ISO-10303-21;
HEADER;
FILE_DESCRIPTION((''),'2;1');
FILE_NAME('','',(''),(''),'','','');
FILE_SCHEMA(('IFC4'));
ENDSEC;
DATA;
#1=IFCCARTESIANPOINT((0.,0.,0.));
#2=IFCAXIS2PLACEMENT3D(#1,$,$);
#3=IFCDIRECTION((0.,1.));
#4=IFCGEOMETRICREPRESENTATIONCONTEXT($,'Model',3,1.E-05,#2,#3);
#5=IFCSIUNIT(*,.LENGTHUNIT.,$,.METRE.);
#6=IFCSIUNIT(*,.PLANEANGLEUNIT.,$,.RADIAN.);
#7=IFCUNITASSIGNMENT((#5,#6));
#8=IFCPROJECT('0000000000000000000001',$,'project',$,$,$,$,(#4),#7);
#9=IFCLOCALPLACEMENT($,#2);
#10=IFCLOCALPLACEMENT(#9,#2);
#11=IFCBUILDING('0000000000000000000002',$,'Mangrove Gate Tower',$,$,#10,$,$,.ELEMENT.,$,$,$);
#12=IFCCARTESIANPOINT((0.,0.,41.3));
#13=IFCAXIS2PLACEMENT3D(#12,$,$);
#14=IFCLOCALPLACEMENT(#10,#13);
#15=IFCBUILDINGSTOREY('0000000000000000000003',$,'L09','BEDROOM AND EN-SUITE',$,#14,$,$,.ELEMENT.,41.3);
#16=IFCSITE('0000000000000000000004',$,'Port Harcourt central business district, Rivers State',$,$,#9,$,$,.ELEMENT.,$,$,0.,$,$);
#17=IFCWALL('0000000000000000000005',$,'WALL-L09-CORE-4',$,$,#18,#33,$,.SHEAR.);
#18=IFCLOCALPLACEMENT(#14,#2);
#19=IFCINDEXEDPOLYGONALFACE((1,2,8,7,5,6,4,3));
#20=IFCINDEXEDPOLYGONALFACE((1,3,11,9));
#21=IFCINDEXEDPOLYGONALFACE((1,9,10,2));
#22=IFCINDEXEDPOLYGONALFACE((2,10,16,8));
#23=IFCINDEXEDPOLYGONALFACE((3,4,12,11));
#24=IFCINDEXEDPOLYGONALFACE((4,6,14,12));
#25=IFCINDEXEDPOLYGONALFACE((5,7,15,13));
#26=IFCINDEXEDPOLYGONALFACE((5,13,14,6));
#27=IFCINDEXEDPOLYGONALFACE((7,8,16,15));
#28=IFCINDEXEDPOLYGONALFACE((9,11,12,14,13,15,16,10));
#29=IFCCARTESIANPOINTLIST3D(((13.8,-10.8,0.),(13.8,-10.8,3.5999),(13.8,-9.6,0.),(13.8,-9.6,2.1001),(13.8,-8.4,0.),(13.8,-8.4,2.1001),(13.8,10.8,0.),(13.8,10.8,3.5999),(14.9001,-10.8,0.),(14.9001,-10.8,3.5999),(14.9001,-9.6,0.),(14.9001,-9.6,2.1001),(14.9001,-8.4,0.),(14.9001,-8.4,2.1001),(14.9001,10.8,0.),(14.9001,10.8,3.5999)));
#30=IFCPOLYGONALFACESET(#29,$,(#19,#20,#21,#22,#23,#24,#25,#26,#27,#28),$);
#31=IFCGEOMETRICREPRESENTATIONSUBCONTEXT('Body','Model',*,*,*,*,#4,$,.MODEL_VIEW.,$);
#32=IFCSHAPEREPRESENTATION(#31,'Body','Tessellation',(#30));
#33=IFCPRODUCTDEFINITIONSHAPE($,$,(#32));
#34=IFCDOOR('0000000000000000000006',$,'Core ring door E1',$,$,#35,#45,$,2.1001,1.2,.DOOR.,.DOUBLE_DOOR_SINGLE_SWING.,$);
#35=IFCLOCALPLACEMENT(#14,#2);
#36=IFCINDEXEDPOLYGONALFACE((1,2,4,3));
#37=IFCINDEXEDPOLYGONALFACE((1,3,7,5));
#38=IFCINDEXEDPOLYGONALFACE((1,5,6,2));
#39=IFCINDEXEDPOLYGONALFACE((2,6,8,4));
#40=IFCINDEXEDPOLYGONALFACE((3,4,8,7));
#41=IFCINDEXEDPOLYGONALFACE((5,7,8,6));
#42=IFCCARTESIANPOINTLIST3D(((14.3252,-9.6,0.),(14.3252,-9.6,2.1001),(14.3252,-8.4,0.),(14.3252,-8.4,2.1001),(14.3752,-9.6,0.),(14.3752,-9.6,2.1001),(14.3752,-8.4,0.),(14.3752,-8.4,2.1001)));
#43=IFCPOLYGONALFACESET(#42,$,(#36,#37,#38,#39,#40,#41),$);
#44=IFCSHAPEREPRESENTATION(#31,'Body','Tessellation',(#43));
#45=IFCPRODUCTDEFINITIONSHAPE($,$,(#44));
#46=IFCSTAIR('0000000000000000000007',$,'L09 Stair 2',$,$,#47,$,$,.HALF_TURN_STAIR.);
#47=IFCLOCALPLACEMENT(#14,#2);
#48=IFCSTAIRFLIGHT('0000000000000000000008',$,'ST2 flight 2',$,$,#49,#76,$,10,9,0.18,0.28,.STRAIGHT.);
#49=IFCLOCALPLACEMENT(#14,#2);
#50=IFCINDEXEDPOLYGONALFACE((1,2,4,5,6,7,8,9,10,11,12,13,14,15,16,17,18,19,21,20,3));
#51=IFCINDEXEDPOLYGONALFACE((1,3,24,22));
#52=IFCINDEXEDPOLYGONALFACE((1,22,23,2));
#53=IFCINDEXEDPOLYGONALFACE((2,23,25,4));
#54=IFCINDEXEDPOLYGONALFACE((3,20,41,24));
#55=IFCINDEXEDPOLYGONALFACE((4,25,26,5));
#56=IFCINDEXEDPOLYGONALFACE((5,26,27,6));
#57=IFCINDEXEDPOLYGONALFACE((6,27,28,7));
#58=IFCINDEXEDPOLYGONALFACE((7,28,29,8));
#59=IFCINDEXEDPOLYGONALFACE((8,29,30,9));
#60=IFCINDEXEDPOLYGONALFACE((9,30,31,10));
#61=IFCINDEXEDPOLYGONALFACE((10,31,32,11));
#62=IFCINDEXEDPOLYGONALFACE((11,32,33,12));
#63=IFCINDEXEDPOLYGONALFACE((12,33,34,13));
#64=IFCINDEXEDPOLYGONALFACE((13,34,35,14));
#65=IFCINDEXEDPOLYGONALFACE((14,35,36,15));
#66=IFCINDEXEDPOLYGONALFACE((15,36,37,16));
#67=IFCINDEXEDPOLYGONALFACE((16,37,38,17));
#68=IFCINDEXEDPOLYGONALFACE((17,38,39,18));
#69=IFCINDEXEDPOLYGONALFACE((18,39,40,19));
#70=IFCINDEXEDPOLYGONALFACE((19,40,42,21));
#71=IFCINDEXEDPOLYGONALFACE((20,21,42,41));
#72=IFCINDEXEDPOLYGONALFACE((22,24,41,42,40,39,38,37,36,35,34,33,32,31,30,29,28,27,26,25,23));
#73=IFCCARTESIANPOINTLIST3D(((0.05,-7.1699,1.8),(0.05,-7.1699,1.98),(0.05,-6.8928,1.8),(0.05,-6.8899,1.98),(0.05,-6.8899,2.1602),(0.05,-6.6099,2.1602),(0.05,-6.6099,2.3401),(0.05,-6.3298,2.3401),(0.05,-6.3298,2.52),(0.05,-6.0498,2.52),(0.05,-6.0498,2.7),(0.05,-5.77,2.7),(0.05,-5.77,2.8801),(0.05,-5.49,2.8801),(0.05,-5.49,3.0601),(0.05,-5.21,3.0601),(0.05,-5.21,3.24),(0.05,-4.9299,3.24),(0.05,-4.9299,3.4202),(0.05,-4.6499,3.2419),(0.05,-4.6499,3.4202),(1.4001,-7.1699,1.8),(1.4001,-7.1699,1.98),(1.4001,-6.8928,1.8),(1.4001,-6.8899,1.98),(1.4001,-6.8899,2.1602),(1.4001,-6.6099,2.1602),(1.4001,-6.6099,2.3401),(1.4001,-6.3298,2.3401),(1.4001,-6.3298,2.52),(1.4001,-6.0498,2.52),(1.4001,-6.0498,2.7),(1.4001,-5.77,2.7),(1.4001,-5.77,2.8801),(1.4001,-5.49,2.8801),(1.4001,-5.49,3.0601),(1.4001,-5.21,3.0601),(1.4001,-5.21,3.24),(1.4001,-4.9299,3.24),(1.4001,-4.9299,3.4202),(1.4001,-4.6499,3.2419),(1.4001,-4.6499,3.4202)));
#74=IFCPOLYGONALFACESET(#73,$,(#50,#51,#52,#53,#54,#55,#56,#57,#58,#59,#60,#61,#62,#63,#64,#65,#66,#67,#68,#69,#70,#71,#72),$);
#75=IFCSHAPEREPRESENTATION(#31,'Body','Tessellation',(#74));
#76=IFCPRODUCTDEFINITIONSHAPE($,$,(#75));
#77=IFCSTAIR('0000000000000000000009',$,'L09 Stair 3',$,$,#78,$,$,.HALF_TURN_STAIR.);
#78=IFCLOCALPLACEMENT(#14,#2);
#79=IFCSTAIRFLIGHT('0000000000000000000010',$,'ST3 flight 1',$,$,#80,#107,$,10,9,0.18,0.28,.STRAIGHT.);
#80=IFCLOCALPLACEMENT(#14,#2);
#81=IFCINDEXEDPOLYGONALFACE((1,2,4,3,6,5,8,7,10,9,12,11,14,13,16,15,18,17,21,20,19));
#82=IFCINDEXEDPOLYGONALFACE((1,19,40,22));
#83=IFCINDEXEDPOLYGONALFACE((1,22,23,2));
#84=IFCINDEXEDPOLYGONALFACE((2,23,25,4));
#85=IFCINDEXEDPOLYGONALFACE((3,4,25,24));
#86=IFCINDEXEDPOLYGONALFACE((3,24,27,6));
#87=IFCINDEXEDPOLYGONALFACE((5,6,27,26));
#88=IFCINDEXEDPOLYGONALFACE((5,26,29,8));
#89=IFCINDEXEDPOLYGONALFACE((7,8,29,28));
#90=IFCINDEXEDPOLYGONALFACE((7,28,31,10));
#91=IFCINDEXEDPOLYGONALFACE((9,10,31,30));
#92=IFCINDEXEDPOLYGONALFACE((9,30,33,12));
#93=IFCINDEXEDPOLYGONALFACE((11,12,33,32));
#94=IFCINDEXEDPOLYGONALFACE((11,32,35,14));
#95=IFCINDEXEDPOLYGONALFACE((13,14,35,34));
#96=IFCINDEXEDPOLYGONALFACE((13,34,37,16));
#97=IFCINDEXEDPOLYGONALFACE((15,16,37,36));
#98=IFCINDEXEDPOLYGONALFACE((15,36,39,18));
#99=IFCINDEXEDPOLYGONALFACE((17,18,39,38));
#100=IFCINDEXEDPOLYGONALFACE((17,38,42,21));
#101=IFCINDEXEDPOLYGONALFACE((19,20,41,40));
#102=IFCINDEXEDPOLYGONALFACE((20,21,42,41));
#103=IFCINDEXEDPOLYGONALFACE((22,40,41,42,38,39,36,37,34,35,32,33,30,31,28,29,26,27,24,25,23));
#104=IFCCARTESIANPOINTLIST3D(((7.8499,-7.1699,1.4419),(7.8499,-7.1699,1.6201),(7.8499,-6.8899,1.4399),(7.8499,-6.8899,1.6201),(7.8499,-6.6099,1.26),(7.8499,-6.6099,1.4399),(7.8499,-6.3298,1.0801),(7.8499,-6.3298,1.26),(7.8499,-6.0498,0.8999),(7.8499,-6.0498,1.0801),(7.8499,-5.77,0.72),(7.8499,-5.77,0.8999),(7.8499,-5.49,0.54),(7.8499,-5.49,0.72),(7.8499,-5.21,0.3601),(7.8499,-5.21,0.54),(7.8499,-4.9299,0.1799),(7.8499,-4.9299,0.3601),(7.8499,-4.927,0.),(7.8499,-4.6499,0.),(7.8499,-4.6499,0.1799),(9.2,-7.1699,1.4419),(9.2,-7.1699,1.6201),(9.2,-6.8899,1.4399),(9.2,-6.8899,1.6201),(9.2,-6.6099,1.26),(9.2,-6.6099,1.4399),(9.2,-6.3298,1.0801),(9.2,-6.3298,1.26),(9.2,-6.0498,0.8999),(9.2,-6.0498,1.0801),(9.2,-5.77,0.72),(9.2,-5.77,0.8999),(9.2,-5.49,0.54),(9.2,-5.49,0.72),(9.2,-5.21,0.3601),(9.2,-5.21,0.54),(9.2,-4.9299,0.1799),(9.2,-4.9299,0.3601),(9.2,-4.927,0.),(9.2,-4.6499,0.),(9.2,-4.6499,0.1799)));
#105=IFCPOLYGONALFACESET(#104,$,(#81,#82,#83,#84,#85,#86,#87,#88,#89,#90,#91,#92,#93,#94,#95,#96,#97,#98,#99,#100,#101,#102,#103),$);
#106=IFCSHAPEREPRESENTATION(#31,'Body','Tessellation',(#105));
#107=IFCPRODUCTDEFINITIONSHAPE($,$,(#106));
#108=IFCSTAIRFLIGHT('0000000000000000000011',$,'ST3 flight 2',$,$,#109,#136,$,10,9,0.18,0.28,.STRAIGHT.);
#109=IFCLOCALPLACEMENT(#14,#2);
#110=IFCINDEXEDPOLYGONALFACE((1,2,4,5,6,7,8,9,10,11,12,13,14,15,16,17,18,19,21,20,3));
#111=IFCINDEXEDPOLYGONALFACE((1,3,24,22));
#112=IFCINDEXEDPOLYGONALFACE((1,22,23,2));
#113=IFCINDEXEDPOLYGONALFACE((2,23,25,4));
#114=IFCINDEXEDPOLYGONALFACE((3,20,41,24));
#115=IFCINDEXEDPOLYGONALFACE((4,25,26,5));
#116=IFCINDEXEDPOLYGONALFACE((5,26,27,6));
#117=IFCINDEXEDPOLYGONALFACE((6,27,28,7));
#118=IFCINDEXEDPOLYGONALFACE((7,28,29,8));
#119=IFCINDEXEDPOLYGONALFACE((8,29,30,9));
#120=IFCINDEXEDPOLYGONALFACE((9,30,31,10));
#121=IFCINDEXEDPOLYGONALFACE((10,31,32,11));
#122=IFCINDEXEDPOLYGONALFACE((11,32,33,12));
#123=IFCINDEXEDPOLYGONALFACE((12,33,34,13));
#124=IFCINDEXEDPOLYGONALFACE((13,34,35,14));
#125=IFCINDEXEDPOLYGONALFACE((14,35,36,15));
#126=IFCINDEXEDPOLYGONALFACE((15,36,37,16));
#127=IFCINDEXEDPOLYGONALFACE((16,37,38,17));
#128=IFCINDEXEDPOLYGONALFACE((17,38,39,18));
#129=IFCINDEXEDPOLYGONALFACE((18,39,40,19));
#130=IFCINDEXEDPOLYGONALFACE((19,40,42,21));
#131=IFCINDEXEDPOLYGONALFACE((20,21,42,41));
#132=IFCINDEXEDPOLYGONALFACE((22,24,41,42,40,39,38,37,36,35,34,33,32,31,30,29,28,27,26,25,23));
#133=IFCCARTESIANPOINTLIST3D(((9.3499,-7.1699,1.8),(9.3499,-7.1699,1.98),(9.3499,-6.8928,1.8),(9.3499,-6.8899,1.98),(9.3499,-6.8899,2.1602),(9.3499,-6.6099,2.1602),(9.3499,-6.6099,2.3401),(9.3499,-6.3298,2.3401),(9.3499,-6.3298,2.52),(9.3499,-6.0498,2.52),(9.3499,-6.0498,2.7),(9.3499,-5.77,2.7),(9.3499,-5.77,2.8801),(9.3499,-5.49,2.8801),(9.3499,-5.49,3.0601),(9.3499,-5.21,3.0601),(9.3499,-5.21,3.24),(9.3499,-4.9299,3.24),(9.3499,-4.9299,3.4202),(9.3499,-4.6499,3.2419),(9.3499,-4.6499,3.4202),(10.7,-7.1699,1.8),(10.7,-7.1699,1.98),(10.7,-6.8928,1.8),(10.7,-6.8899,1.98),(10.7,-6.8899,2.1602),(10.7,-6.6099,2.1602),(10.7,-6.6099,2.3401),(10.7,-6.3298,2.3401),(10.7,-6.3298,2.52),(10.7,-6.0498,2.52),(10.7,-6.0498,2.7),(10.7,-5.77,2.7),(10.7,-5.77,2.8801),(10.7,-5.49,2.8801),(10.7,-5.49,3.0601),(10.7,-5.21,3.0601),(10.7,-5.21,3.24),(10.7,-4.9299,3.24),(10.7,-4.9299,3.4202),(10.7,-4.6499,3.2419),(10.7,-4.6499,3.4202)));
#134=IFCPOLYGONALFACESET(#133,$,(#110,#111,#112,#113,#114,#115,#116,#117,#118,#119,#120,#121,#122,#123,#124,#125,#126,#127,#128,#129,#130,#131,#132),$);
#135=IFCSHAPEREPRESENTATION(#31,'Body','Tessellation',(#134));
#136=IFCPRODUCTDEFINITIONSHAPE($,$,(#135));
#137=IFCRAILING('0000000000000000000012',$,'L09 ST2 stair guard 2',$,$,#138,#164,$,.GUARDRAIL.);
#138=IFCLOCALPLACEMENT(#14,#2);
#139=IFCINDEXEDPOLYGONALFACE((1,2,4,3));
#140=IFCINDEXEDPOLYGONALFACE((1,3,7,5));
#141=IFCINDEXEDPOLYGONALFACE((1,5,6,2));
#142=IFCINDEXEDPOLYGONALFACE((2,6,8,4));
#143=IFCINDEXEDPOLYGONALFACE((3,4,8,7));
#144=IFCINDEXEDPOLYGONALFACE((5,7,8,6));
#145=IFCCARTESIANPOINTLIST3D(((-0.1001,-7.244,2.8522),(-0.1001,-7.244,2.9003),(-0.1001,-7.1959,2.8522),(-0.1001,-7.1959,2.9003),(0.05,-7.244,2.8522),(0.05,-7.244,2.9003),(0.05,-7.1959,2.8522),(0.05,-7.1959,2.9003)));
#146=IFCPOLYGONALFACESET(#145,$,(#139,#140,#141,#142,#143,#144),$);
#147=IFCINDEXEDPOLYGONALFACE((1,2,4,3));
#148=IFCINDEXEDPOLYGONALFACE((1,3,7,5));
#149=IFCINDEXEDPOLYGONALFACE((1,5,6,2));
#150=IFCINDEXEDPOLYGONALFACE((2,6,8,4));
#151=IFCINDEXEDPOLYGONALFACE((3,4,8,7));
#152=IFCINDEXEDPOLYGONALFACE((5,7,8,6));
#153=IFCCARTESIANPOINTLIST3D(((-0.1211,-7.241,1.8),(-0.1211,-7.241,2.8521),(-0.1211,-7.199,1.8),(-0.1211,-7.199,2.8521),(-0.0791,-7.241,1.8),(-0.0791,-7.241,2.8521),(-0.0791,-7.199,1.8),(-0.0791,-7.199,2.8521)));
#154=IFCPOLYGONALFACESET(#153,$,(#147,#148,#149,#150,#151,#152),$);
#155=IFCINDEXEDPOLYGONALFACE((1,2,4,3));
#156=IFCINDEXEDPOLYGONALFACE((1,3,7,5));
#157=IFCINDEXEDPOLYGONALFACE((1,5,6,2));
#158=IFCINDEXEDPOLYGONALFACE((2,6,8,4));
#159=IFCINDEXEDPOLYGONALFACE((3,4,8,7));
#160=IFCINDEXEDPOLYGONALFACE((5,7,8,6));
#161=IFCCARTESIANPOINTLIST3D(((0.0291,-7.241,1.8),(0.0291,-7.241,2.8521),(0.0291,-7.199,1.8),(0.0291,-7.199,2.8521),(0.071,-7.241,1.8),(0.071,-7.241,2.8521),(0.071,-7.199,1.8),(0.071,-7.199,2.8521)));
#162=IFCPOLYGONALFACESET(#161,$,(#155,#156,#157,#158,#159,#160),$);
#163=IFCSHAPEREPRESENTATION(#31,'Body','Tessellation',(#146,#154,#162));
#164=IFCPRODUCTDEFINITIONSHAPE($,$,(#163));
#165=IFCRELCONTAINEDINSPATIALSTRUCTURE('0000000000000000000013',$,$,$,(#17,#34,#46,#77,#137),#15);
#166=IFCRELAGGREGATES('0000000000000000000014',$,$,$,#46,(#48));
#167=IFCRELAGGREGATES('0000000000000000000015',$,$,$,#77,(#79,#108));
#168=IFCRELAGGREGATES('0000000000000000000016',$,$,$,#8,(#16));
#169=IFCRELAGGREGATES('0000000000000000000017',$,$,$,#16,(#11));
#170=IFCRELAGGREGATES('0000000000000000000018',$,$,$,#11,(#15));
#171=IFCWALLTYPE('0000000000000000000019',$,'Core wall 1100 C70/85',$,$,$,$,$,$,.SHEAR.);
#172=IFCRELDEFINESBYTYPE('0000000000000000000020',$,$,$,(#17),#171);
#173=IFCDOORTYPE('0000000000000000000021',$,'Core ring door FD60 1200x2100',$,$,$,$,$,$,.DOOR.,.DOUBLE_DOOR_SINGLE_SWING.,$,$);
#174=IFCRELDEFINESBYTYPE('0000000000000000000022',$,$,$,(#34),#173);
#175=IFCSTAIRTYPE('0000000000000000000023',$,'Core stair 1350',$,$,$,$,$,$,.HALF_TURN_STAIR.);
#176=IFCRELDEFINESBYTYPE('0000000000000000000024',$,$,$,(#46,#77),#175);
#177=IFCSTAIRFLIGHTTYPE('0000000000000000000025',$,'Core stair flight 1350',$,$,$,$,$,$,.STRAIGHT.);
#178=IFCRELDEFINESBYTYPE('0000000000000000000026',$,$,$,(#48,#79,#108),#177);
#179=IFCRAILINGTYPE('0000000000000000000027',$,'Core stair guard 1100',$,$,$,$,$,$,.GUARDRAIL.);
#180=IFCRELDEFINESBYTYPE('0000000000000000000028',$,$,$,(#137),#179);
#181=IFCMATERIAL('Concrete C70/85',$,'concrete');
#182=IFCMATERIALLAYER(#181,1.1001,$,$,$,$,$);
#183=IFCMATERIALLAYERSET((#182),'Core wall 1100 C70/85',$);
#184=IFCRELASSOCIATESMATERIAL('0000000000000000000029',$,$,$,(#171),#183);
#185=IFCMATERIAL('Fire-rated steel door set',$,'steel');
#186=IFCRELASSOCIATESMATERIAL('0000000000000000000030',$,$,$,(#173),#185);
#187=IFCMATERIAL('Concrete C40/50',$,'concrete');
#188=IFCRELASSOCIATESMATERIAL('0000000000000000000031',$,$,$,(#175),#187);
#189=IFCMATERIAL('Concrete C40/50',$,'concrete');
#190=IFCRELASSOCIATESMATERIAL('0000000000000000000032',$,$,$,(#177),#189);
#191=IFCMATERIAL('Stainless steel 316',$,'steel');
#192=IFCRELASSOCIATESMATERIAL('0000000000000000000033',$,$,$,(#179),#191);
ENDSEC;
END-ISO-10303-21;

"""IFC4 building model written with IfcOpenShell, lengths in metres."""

from ifc_helpers import new_model, si_unit, direction, frame, frame_2d, origin, origin_2d, place, context, subcontext, project, spatial, polyline, rectangle, outline, extrude, material, layer, layer_set, type_object, element, fill, aggregate, save


model = new_model("IFC4")

# Units and contexts
model_context = context("Model", 3, precision=1e-05, world=origin(), true_north=direction((0.0, 1.0)))
body_context = subcontext(model_context, "Body", "Model", "MODEL_VIEW")
ifc_project = project(units=[si_unit("LENGTHUNIT", "METRE"), si_unit("PLANEANGLEUNIT", "RADIAN")], contexts=[model_context])

# Site, building, storey
site_placement = place(None, origin())
site = spatial("IfcSite", under=ifc_project, at=site_placement, Name="Port Harcourt central business district, Rivers State", CompositionType="ELEMENT", RefElevation=0.0)
building_placement = place(site_placement, origin())
building = spatial("IfcBuilding", under=site, at=building_placement, Name="Mangrove Gate Tower", CompositionType="ELEMENT")
storey_placement = place(building_placement, frame((0.0, 0.0, 41.3)))
storey = spatial("IfcBuildingStorey", under=building, at=storey_placement, Name="L09", Description="BEDROOM AND EN-SUITE", CompositionType="ELEMENT", Elevation=41.3)

# Wall, opening, door
ifc_material_1 = material(Name="Concrete C70/85", Category="concrete")
ifc_layer_1 = layer(ifc_material_1, 1.1001)
ifc_layer_set_1 = layer_set([ifc_layer_1], Name="Core wall 1100 C70/85")
wall_type_1 = type_object("IfcWallType", Name="Core wall 1100 C70/85", PredefinedType="SHEAR", material=ifc_layer_set_1)
wall_1_placement = place(storey_placement, frame((14.3501, -10.8, 0.0), z_axis=(0.0, 0.0, 1.0), x_axis=(0.0, 1.0, 0.0)))
wall_1 = element("IfcWall", 1, at=wall_1_placement, inside=storey, type_object=wall_type_1, Name="WALL-L09-CORE-4", PredefinedType="SHEAR", context=body_context, shape_type="SweptSolid", body=[
    extrude(rectangle(XDim=21.6001, YDim=1.1001, at=frame_2d((10.8, 0.0))), origin(), (0.0, 0.0, 1.0), 3.5999),
])
opening_1_placement = place(wall_1_placement, frame((1.2, 0.0, 0.0)))
opening_1 = element("IfcOpeningElement", 2, at=opening_1_placement, cuts=wall_1, PredefinedType="OPENING", context=body_context, shape_type="SweptSolid", body=[
    extrude(rectangle(XDim=1.2, YDim=2.1001, at=frame_2d((0.6001, 1.05))), frame((0.0, 0.5601, 0.0), z_axis=(0.0, -1.0, 0.0), x_axis=(1.0, 0.0, 0.0)), (0.0, 0.0, 1.0), 1.1201),
])
ifc_material_2 = material(Name="Fire-rated steel door set", Category="steel")
door_type_1 = type_object("IfcDoorType", Name="Core ring door FD60 1200x2100", OperationType="DOUBLE_DOOR_SINGLE_SWING", PredefinedType="DOOR", material=ifc_material_2)
door_1_placement = place(opening_1_placement, origin())
door_1 = element("IfcDoor", 3, at=door_1_placement, inside=storey, type_object=door_type_1, Name="Core ring door E1", OperationType="DOUBLE_DOOR_SINGLE_SWING", OverallHeight=2.1001, OverallWidth=1.2, PredefinedType="DOOR", context=body_context, shape_type="SweptSolid", body=[
    extrude(rectangle(XDim=1.2, YDim=2.1001, at=frame_2d((0.6001, 1.05))), frame((0.0, 0.0249, 0.0), z_axis=(0.0, -1.0, 0.0), x_axis=(1.0, 0.0, 0.0)), (0.0, 0.0, 1.0), 0.05),
])
fill(opening_1, door_1)

# Stair, stair flight
ifc_material_3 = material(Name="Concrete C40/50", Category="concrete")
stair_type = type_object("IfcStairType", Name="Core stair 1350", PredefinedType="HALF_TURN_STAIR", material=ifc_material_3)
stair_1_placement = place(storey_placement, origin())
stair_1 = element("IfcStair", 4, at=stair_1_placement, inside=storey, type_object=stair_type, Name="L09 Stair 2", PredefinedType="HALF_TURN_STAIR")
ifc_material_4 = material(Name="Concrete C40/50", Category="concrete")
stair_flight_type = type_object("IfcStairFlightType", Name="Core stair flight 1350", PredefinedType="STRAIGHT", material=ifc_material_4)
stair_flight_1_placement = place(storey_placement, frame((0.7251, -7.1699, 1.8), z_axis=(0.0, 0.0, 1.0), x_axis=(0.0, 1.0, 0.0)))
stair_flight_1 = element("IfcStairFlight", 5, at=stair_flight_1_placement, type_object=stair_flight_type, Name="ST2 flight 2", NumberOfRisers=10, NumberOfTreads=9, PredefinedType="STRAIGHT", RiserHeight=0.18, TreadLength=0.28, context=body_context, shape_type="SweptSolid", body=[
    extrude(outline(polyline([(0.0, 0.0), (0.0, 0.1799), (0.28, 0.1799), (0.28, 0.3601), (0.5601, 0.3601), (0.5601, 0.54), (0.8401, 0.54), (0.8401, 0.72), (1.1201, 0.72), (1.1201, 0.8999), (1.3999, 0.8999), (1.3999, 1.0801), (1.6799, 1.0801), (1.6799, 1.26), (1.96, 1.26), (1.96, 1.4399), (2.24, 1.4399), (2.24, 1.6201), (2.52, 1.6201), (2.52, 1.8), (2.52, 1.4419), (0.2771, 0.0), (0.0, 0.0)])), frame((0.0, 0.675, 0.0), z_axis=(0.0, -1.0, 0.0), x_axis=(1.0, 0.0, 0.0)), (0.0, 0.0, 1.0), 1.3501),
])
aggregate(stair_1, [stair_flight_1])

# Stair, stair flights
stair_2_placement = place(storey_placement, origin())
stair_2 = element("IfcStair", 6, at=stair_2_placement, inside=storey, type_object=stair_type, Name="L09 Stair 3", PredefinedType="HALF_TURN_STAIR")
stair_flight_2_placement = place(storey_placement, frame((8.5249, -4.6499, 0.0), z_axis=(0.0, 0.0, 1.0), x_axis=(0.0, -1.0, 0.0)))
stair_flight_2 = element("IfcStairFlight", 7, at=stair_flight_2_placement, type_object=stair_flight_type, Name="ST3 flight 1", NumberOfRisers=10, NumberOfTreads=9, PredefinedType="STRAIGHT", RiserHeight=0.18, TreadLength=0.28, context=body_context, shape_type="SweptSolid", body=[
    extrude(outline(polyline([(0.0, 0.0), (0.0, 0.1799), (0.28, 0.1799), (0.28, 0.3601), (0.5601, 0.3601), (0.5601, 0.54), (0.8401, 0.54), (0.8401, 0.72), (1.1201, 0.72), (1.1201, 0.8999), (1.3999, 0.8999), (1.3999, 1.0801), (1.6799, 1.0801), (1.6799, 1.26), (1.96, 1.26), (1.96, 1.4399), (2.24, 1.4399), (2.24, 1.6201), (2.52, 1.6201), (2.52, 1.8), (2.52, 1.4419), (0.2771, 0.0), (0.0, 0.0)])), frame((0.0, 0.675, 0.0), z_axis=(0.0, -1.0, 0.0), x_axis=(1.0, 0.0, 0.0)), (0.0, 0.0, 1.0), 1.3501),
])
stair_flight_3_placement = place(storey_placement, frame((10.0249, -7.1699, 1.8), z_axis=(0.0, 0.0, 1.0), x_axis=(0.0, 1.0, 0.0)))
stair_flight_3 = element("IfcStairFlight", 8, at=stair_flight_3_placement, type_object=stair_flight_type, Name="ST3 flight 2", NumberOfRisers=10, NumberOfTreads=9, PredefinedType="STRAIGHT", RiserHeight=0.18, TreadLength=0.28, context=body_context, shape_type="SweptSolid", body=[
    extrude(outline(polyline([(0.0, 0.0), (0.0, 0.1799), (0.28, 0.1799), (0.28, 0.3601), (0.5601, 0.3601), (0.5601, 0.54), (0.8401, 0.54), (0.8401, 0.72), (1.1201, 0.72), (1.1201, 0.8999), (1.3999, 0.8999), (1.3999, 1.0801), (1.6799, 1.0801), (1.6799, 1.26), (1.96, 1.26), (1.96, 1.4399), (2.24, 1.4399), (2.24, 1.6201), (2.52, 1.6201), (2.52, 1.8), (2.52, 1.4419), (0.2771, 0.0), (0.0, 0.0)])), frame((0.0, 0.675, 0.0), z_axis=(0.0, -1.0, 0.0), x_axis=(1.0, 0.0, 0.0)), (0.0, 0.0, 1.0), 1.3501),
])
aggregate(stair_2, [stair_flight_2, stair_flight_3])

# Railing
ifc_material_5 = material(Name="Stainless steel 316", Category="steel")
railing_type_1 = type_object("IfcRailingType", Name="Core stair guard 1100", PredefinedType="GUARDRAIL", material=ifc_material_5)
railing_1_placement = place(storey_placement, frame((-0.1001, -7.22, 1.8)))
element("IfcRailing", 9, at=railing_1_placement, inside=storey, type_object=railing_type_1, Name="L09 ST2 stair guard 2", PredefinedType="GUARDRAIL", context=body_context, shape_type="SweptSolid", body=[
    extrude(rectangle(XDim=0.0481, YDim=0.0481, at=origin_2d()), frame((0.0, 0.0, 1.0762), z_axis=(1.0, 0.0, 0.0), x_axis=(0.0, 1.0, 0.0)), (0.0, 0.0, 1.0), 0.1501),
    extrude(rectangle(XDim=0.042, YDim=0.042, at=origin_2d()), origin(), (0.0, 0.0, 1.0), 1.052),
    extrude(rectangle(XDim=0.042, YDim=0.042, at=origin_2d()), frame((0.1501, 0.0, 0.0)), (0.0, 0.0, 1.0), 1.052),
])

save(model, "model.ifc")
